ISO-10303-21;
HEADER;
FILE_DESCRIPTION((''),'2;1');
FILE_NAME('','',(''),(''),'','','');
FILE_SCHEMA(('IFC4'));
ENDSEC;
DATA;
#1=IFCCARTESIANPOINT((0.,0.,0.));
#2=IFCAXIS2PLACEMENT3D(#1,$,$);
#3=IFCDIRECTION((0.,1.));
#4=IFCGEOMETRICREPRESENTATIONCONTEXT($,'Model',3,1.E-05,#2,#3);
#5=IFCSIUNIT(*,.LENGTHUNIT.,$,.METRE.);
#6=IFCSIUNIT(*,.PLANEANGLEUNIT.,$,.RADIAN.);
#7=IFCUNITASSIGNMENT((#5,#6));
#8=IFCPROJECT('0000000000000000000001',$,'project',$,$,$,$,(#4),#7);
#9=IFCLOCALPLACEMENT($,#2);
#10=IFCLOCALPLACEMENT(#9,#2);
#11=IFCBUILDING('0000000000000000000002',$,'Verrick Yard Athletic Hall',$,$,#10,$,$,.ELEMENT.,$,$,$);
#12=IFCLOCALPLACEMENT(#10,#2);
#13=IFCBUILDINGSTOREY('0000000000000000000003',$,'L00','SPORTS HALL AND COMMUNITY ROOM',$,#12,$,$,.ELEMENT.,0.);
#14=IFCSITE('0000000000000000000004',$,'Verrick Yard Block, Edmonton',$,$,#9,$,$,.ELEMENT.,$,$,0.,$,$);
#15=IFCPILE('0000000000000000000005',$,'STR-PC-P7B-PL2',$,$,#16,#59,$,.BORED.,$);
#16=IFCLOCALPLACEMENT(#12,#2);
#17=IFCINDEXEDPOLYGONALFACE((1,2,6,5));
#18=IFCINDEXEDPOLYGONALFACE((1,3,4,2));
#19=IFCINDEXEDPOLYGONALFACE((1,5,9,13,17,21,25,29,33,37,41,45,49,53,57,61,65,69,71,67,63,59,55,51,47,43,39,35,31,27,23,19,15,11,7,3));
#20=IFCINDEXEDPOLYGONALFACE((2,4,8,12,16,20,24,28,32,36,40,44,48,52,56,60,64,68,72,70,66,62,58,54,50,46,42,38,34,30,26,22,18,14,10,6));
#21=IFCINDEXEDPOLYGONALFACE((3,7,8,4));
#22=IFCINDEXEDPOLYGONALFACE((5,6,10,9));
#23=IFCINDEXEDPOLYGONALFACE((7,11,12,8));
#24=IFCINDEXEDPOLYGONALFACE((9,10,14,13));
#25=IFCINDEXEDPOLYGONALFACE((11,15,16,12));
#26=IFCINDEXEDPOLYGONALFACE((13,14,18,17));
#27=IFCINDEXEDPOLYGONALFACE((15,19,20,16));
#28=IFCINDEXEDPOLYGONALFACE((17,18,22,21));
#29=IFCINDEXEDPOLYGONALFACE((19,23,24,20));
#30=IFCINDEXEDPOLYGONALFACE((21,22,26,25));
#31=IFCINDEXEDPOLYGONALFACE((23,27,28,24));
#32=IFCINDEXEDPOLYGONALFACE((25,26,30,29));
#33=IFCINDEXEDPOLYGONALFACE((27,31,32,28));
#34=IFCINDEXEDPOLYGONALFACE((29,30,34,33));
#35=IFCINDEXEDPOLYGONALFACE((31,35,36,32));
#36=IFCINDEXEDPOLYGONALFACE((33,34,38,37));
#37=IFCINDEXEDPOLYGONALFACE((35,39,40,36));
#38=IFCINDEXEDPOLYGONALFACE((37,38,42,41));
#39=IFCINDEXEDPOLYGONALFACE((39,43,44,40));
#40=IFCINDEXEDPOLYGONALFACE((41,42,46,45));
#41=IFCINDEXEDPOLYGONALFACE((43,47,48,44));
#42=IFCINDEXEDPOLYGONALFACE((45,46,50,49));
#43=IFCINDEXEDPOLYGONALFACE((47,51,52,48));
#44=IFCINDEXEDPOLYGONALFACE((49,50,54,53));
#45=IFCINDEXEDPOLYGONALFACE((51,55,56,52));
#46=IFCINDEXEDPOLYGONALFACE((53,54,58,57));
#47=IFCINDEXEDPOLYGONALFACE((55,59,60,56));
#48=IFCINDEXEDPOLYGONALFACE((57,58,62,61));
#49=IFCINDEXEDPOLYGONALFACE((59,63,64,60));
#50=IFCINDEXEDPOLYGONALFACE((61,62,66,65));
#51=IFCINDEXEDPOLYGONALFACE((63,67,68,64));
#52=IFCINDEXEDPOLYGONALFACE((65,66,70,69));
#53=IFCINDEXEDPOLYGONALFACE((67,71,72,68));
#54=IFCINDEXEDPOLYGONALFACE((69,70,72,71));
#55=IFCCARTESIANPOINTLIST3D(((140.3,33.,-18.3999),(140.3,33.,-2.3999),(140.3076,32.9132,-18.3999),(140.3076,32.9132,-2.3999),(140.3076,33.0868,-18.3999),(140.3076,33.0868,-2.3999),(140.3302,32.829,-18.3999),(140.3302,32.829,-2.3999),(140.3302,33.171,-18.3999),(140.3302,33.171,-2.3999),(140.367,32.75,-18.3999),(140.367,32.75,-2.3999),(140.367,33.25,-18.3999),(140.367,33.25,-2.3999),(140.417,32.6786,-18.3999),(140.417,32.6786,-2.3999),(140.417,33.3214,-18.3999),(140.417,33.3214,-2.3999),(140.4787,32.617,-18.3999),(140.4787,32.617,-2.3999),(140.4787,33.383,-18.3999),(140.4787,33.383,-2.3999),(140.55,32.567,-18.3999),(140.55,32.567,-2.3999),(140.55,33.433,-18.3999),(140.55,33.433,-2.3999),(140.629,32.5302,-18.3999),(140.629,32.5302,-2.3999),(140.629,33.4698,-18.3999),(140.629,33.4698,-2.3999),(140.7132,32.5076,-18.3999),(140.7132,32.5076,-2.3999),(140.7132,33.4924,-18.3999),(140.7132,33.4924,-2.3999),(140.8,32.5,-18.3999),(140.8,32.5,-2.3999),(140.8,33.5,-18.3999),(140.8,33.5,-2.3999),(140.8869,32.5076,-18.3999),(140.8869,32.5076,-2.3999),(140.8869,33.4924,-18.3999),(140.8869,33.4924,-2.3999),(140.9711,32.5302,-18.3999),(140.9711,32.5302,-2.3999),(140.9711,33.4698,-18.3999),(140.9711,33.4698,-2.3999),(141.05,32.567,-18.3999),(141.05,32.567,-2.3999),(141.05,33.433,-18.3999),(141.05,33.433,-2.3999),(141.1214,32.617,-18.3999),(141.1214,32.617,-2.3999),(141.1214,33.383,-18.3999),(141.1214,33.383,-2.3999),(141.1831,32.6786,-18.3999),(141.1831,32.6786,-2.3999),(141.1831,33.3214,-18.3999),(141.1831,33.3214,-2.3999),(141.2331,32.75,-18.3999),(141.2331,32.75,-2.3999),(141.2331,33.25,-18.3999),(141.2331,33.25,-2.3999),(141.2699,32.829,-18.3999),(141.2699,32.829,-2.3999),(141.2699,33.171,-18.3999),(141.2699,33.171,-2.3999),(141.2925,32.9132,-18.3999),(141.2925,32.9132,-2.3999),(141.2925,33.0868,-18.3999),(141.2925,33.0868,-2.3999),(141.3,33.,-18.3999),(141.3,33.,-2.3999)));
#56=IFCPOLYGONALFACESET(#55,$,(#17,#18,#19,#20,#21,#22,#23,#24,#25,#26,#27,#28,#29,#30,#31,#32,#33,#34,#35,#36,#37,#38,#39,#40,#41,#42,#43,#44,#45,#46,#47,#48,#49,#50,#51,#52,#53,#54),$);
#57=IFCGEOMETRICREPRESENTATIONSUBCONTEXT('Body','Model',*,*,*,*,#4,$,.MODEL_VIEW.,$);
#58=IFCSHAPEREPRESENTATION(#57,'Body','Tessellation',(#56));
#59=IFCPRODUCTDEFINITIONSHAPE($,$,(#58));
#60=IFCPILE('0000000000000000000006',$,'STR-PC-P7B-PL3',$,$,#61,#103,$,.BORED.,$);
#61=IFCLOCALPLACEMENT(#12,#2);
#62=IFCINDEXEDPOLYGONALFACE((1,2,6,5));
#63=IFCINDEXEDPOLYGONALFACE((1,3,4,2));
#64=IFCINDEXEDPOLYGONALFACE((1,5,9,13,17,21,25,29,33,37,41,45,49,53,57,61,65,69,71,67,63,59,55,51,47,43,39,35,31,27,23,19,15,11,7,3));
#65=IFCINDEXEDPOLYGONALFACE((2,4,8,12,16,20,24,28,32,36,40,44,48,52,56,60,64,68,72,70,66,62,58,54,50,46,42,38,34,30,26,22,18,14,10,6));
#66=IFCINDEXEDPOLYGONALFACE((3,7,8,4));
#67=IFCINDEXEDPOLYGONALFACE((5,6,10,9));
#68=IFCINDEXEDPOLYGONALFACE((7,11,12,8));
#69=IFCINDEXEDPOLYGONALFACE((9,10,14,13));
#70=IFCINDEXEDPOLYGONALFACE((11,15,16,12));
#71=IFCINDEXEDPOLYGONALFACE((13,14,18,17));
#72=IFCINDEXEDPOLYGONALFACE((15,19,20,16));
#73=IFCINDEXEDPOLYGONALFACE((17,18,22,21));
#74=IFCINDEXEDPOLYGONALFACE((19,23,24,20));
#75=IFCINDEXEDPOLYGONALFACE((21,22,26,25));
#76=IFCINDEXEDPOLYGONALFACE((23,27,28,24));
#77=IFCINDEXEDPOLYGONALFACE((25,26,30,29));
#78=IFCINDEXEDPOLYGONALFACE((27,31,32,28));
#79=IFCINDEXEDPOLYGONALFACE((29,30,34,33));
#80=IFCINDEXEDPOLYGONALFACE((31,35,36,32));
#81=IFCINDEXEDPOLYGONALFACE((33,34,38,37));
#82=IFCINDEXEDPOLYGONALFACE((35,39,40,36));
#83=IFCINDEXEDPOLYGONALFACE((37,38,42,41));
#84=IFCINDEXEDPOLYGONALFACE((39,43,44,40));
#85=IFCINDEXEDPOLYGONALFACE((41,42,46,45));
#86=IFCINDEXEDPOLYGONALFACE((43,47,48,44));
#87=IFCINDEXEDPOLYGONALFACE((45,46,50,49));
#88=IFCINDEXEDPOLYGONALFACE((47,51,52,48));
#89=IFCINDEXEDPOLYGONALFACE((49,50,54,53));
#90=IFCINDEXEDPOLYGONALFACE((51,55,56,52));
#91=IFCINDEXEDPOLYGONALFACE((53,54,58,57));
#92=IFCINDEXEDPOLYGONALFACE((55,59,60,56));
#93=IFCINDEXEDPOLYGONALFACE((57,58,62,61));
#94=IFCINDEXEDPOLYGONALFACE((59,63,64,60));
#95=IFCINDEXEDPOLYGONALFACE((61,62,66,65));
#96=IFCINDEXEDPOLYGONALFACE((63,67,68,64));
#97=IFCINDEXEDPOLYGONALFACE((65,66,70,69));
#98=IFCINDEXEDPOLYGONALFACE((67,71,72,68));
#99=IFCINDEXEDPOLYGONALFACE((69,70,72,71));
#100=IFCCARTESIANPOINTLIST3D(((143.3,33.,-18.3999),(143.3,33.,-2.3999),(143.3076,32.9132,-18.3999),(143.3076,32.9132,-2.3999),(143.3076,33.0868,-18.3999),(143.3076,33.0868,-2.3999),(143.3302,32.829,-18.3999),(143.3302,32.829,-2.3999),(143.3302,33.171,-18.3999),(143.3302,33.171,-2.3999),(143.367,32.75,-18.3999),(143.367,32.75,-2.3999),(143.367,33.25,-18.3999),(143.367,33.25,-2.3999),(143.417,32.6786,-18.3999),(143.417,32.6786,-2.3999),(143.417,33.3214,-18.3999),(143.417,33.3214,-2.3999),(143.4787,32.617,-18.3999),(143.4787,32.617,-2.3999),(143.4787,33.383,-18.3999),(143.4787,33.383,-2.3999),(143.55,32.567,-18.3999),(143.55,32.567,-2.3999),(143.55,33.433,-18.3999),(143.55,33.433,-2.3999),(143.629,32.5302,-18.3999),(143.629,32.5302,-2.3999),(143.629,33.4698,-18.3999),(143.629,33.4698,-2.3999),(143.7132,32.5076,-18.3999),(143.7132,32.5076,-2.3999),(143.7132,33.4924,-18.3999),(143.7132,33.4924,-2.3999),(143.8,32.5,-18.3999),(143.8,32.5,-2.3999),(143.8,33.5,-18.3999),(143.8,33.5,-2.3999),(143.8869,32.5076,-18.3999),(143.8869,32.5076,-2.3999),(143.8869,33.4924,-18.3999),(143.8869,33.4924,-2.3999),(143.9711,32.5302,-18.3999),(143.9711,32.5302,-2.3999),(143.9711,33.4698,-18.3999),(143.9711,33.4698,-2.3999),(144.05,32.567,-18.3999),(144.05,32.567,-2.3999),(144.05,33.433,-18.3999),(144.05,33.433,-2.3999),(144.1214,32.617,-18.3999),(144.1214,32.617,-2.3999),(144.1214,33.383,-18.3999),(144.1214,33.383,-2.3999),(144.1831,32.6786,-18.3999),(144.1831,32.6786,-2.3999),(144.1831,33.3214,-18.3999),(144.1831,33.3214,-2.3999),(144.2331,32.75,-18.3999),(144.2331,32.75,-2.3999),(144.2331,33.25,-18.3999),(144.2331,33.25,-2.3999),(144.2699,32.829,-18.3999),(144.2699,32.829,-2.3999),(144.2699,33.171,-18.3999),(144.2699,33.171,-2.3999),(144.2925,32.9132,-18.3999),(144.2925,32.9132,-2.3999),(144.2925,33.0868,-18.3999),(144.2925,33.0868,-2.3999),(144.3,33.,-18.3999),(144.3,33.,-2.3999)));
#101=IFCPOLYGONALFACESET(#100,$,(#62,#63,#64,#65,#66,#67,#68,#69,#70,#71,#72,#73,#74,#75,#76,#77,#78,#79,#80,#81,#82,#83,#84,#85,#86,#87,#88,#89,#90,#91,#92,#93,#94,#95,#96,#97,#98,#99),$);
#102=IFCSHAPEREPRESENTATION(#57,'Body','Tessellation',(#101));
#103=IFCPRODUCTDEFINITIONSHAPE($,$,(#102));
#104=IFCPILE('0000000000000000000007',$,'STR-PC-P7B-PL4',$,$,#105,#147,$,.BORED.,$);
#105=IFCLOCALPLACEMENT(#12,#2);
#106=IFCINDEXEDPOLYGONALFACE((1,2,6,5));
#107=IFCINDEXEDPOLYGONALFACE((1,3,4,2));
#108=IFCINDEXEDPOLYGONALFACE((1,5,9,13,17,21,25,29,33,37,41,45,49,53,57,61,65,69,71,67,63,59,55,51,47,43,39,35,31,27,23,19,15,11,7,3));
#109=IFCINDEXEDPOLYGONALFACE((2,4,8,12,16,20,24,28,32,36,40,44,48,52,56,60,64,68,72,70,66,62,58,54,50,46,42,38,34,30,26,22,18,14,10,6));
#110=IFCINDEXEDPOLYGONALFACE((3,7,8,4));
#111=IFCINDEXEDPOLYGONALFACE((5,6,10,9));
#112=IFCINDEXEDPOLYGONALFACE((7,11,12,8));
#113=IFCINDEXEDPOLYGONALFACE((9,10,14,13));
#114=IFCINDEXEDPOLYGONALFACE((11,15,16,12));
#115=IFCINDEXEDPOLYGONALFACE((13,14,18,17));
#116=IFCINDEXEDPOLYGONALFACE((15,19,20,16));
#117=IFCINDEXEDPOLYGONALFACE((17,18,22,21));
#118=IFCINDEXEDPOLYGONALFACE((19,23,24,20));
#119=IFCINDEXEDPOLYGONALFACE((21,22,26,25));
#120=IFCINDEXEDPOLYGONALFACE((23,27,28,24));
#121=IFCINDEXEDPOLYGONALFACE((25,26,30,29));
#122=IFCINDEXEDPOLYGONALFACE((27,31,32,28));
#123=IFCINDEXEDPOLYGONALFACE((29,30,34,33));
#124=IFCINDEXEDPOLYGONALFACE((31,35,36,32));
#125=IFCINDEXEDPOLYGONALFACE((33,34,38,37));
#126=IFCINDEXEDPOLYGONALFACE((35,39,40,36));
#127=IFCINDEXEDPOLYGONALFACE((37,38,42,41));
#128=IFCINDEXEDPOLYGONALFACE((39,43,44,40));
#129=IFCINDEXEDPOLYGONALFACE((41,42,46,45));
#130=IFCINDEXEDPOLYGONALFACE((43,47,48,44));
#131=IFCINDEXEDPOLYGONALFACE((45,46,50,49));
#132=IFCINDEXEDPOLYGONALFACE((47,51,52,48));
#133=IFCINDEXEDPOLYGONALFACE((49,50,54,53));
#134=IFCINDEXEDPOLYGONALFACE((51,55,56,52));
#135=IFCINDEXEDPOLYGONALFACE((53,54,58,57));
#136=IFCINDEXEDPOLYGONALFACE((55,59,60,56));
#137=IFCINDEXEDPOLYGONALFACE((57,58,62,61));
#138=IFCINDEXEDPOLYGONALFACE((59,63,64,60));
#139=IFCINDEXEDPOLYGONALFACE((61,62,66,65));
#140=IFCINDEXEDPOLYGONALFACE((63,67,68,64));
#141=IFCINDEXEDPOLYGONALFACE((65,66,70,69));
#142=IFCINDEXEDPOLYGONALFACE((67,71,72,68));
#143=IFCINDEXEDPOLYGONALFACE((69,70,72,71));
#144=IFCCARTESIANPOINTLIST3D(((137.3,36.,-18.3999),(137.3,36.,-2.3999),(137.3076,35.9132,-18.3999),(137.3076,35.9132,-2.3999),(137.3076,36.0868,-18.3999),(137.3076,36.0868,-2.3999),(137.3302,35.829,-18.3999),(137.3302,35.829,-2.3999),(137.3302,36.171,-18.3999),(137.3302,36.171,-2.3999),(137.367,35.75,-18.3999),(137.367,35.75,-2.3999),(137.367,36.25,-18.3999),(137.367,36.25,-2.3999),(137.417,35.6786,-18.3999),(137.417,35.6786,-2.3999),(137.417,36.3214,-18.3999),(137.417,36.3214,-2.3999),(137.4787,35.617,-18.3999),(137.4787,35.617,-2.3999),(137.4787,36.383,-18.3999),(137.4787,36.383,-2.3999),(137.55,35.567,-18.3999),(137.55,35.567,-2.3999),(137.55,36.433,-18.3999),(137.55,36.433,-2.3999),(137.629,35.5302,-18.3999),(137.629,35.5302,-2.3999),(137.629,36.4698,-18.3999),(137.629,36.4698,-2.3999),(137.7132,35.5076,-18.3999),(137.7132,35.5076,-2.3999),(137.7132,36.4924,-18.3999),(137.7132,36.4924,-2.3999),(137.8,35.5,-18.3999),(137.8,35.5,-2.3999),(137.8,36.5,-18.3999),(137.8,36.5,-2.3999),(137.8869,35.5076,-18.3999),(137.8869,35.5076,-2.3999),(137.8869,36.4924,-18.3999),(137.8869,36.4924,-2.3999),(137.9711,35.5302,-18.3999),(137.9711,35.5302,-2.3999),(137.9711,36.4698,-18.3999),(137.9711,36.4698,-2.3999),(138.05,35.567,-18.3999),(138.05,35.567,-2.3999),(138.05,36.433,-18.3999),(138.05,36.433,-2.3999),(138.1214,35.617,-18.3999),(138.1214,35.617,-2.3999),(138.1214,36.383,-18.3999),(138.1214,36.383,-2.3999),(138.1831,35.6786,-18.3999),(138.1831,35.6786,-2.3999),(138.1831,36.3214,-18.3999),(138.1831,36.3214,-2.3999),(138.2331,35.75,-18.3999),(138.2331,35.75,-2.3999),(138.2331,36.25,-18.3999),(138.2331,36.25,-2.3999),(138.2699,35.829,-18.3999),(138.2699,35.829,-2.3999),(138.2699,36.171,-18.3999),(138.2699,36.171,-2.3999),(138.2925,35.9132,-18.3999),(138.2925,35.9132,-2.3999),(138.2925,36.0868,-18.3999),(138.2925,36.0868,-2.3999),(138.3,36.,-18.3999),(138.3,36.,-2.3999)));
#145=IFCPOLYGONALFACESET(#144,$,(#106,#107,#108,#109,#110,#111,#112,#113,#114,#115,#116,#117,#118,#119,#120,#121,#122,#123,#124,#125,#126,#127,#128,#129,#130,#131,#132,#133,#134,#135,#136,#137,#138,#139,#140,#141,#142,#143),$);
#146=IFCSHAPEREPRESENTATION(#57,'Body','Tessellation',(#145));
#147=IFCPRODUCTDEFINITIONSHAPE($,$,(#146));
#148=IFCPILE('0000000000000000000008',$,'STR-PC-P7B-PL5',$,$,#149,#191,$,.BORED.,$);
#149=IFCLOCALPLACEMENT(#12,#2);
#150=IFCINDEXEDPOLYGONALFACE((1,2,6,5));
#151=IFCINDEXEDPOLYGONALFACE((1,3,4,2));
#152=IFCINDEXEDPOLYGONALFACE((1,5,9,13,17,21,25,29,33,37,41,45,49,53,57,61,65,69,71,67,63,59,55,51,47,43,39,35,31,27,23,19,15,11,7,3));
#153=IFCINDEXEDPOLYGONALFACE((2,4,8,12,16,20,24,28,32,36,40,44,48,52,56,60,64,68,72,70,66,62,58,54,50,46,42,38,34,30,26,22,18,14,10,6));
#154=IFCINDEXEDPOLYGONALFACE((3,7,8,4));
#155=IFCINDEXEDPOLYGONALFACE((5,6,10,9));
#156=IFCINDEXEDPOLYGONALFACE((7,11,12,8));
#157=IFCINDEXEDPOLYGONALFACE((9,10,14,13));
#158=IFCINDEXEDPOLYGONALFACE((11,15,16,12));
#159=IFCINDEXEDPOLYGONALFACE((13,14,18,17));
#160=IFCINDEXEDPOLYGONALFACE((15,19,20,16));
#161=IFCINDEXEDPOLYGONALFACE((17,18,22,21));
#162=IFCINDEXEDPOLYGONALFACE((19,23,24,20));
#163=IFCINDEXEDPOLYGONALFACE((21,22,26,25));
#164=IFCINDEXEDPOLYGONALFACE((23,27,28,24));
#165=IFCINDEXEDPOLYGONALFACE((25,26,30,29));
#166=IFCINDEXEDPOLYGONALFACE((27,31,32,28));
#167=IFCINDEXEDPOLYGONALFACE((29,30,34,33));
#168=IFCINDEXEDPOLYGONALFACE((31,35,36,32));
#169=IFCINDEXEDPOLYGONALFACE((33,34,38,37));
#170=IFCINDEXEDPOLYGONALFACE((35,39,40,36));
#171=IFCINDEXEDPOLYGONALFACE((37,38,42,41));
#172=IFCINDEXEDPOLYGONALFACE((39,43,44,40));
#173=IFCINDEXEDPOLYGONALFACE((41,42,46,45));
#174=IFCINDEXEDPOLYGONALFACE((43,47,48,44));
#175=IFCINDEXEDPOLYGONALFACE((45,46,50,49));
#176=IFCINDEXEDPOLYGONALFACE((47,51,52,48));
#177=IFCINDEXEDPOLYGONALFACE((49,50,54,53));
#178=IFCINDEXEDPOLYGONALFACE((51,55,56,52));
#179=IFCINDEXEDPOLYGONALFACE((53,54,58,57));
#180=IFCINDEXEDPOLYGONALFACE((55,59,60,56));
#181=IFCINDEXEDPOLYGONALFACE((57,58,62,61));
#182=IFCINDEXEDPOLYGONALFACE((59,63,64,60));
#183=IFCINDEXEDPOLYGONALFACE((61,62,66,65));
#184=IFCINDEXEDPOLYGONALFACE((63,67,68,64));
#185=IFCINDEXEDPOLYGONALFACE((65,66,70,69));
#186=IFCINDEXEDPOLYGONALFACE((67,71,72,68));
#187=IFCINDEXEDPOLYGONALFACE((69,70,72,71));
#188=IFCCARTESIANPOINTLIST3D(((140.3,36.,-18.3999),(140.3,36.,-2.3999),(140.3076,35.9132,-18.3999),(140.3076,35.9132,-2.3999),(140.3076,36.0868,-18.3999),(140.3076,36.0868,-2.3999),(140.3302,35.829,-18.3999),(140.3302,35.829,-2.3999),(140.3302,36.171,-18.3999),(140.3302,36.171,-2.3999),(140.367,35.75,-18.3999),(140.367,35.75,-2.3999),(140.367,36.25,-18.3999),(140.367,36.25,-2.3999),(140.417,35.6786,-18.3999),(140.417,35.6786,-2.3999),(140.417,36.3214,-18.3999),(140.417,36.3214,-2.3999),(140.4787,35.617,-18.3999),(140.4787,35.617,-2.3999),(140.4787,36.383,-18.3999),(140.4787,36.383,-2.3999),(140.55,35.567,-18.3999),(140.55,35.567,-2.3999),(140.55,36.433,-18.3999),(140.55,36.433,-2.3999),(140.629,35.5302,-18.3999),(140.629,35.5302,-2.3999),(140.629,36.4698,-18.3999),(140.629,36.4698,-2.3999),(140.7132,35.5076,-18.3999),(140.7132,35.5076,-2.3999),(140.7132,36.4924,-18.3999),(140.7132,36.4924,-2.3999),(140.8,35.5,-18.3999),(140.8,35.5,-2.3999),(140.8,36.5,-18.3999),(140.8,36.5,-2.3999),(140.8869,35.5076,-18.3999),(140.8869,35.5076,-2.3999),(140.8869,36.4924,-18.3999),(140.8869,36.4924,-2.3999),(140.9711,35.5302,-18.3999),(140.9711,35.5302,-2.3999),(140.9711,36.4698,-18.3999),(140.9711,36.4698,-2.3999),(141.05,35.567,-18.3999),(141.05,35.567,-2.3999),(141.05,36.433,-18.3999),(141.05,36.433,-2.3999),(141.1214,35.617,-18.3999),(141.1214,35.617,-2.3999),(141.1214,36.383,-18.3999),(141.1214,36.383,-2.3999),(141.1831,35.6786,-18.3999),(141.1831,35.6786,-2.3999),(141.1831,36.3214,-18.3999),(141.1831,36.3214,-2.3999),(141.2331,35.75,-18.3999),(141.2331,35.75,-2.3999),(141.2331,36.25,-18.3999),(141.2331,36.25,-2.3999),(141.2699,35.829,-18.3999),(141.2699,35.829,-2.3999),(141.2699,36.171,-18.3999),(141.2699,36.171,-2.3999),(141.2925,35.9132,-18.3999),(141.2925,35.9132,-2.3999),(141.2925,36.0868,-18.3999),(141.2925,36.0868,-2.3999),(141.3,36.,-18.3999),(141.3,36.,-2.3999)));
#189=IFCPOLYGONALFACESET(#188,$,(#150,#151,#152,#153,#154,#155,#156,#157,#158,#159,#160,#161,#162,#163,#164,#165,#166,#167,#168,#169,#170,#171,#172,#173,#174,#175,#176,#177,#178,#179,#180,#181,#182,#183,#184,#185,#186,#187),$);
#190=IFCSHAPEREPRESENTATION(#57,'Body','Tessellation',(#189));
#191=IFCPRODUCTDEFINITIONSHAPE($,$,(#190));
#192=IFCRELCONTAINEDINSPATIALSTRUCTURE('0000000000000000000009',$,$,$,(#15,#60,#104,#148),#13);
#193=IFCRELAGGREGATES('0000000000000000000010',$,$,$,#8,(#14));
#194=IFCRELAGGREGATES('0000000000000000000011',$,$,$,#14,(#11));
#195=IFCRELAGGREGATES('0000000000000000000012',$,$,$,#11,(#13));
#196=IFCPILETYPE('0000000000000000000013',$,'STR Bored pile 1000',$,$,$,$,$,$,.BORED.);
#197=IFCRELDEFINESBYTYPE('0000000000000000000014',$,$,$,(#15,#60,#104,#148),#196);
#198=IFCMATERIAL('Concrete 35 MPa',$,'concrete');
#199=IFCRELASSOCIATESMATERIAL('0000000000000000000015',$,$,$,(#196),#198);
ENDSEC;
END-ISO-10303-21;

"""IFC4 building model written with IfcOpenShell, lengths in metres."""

from ifc_helpers import new_model, si_unit, direction, frame, origin, origin_2d, place, context, subcontext, project, spatial, circle, extrude, material, type_object, element, save


model = new_model("IFC4")

# Units and contexts
model_context = context("Model", 3, precision=1e-05, world=origin(), true_north=direction((0.0, 1.0)))
body_context = subcontext(model_context, "Body", "Model", "MODEL_VIEW")
ifc_project = project(units=[si_unit("LENGTHUNIT", "METRE"), si_unit("PLANEANGLEUNIT", "RADIAN")], contexts=[model_context])

# Site, building, storey
site_placement = place(None, origin())
site = spatial("IfcSite", under=ifc_project, at=site_placement, Name="Verrick Yard Block, Edmonton", CompositionType="ELEMENT", RefElevation=0.0)
building_placement = place(site_placement, origin())
building = spatial("IfcBuilding", under=site, at=building_placement, Name="Verrick Yard Athletic Hall", CompositionType="ELEMENT")
storey_placement = place(building_placement, origin())
storey = spatial("IfcBuildingStorey", under=building, at=storey_placement, Name="L00", Description="SPORTS HALL AND COMMUNITY ROOM", CompositionType="ELEMENT", Elevation=0.0)

# Piles
ifc_material_1 = material(Name="Concrete 35 MPa", Category="concrete")
pile_type = type_object("IfcPileType", Name="STR Bored pile 1000", PredefinedType="BORED", material=ifc_material_1)
for number, where, z_axis, x_axis, name in (
    (1, (140.8, 33.0, -2.3999), (0.0, 0.0, -1.0), (1.0, 0.0, 0.0), "STR-PC-P7B-PL2"),
    (2, (143.8, 33.0, -2.3999), (0.0, 0.0, -1.0), (1.0, 0.0, 0.0), "STR-PC-P7B-PL3"),
    (3, (137.8, 36.0, -2.3999), (0.0, 0.0, -1.0), (1.0, 0.0, 0.0), "STR-PC-P7B-PL4"),
    (4, (140.8, 36.0, -2.3999), (0.0, 0.0, -1.0), (1.0, 0.0, 0.0), "STR-PC-P7B-PL5"),
):
    element("IfcPile", number, at=place(storey_placement, frame(where, z_axis=z_axis, x_axis=x_axis)), inside=storey, type_object=pile_type, Name=name, PredefinedType="BORED", context=body_context, shape_type="SweptSolid", body=[
        extrude(circle(Radius=0.5, at=origin_2d()), origin(), (0.0, 0.0, 1.0), 16.0),
    ])

save(model, "model.ifc")
